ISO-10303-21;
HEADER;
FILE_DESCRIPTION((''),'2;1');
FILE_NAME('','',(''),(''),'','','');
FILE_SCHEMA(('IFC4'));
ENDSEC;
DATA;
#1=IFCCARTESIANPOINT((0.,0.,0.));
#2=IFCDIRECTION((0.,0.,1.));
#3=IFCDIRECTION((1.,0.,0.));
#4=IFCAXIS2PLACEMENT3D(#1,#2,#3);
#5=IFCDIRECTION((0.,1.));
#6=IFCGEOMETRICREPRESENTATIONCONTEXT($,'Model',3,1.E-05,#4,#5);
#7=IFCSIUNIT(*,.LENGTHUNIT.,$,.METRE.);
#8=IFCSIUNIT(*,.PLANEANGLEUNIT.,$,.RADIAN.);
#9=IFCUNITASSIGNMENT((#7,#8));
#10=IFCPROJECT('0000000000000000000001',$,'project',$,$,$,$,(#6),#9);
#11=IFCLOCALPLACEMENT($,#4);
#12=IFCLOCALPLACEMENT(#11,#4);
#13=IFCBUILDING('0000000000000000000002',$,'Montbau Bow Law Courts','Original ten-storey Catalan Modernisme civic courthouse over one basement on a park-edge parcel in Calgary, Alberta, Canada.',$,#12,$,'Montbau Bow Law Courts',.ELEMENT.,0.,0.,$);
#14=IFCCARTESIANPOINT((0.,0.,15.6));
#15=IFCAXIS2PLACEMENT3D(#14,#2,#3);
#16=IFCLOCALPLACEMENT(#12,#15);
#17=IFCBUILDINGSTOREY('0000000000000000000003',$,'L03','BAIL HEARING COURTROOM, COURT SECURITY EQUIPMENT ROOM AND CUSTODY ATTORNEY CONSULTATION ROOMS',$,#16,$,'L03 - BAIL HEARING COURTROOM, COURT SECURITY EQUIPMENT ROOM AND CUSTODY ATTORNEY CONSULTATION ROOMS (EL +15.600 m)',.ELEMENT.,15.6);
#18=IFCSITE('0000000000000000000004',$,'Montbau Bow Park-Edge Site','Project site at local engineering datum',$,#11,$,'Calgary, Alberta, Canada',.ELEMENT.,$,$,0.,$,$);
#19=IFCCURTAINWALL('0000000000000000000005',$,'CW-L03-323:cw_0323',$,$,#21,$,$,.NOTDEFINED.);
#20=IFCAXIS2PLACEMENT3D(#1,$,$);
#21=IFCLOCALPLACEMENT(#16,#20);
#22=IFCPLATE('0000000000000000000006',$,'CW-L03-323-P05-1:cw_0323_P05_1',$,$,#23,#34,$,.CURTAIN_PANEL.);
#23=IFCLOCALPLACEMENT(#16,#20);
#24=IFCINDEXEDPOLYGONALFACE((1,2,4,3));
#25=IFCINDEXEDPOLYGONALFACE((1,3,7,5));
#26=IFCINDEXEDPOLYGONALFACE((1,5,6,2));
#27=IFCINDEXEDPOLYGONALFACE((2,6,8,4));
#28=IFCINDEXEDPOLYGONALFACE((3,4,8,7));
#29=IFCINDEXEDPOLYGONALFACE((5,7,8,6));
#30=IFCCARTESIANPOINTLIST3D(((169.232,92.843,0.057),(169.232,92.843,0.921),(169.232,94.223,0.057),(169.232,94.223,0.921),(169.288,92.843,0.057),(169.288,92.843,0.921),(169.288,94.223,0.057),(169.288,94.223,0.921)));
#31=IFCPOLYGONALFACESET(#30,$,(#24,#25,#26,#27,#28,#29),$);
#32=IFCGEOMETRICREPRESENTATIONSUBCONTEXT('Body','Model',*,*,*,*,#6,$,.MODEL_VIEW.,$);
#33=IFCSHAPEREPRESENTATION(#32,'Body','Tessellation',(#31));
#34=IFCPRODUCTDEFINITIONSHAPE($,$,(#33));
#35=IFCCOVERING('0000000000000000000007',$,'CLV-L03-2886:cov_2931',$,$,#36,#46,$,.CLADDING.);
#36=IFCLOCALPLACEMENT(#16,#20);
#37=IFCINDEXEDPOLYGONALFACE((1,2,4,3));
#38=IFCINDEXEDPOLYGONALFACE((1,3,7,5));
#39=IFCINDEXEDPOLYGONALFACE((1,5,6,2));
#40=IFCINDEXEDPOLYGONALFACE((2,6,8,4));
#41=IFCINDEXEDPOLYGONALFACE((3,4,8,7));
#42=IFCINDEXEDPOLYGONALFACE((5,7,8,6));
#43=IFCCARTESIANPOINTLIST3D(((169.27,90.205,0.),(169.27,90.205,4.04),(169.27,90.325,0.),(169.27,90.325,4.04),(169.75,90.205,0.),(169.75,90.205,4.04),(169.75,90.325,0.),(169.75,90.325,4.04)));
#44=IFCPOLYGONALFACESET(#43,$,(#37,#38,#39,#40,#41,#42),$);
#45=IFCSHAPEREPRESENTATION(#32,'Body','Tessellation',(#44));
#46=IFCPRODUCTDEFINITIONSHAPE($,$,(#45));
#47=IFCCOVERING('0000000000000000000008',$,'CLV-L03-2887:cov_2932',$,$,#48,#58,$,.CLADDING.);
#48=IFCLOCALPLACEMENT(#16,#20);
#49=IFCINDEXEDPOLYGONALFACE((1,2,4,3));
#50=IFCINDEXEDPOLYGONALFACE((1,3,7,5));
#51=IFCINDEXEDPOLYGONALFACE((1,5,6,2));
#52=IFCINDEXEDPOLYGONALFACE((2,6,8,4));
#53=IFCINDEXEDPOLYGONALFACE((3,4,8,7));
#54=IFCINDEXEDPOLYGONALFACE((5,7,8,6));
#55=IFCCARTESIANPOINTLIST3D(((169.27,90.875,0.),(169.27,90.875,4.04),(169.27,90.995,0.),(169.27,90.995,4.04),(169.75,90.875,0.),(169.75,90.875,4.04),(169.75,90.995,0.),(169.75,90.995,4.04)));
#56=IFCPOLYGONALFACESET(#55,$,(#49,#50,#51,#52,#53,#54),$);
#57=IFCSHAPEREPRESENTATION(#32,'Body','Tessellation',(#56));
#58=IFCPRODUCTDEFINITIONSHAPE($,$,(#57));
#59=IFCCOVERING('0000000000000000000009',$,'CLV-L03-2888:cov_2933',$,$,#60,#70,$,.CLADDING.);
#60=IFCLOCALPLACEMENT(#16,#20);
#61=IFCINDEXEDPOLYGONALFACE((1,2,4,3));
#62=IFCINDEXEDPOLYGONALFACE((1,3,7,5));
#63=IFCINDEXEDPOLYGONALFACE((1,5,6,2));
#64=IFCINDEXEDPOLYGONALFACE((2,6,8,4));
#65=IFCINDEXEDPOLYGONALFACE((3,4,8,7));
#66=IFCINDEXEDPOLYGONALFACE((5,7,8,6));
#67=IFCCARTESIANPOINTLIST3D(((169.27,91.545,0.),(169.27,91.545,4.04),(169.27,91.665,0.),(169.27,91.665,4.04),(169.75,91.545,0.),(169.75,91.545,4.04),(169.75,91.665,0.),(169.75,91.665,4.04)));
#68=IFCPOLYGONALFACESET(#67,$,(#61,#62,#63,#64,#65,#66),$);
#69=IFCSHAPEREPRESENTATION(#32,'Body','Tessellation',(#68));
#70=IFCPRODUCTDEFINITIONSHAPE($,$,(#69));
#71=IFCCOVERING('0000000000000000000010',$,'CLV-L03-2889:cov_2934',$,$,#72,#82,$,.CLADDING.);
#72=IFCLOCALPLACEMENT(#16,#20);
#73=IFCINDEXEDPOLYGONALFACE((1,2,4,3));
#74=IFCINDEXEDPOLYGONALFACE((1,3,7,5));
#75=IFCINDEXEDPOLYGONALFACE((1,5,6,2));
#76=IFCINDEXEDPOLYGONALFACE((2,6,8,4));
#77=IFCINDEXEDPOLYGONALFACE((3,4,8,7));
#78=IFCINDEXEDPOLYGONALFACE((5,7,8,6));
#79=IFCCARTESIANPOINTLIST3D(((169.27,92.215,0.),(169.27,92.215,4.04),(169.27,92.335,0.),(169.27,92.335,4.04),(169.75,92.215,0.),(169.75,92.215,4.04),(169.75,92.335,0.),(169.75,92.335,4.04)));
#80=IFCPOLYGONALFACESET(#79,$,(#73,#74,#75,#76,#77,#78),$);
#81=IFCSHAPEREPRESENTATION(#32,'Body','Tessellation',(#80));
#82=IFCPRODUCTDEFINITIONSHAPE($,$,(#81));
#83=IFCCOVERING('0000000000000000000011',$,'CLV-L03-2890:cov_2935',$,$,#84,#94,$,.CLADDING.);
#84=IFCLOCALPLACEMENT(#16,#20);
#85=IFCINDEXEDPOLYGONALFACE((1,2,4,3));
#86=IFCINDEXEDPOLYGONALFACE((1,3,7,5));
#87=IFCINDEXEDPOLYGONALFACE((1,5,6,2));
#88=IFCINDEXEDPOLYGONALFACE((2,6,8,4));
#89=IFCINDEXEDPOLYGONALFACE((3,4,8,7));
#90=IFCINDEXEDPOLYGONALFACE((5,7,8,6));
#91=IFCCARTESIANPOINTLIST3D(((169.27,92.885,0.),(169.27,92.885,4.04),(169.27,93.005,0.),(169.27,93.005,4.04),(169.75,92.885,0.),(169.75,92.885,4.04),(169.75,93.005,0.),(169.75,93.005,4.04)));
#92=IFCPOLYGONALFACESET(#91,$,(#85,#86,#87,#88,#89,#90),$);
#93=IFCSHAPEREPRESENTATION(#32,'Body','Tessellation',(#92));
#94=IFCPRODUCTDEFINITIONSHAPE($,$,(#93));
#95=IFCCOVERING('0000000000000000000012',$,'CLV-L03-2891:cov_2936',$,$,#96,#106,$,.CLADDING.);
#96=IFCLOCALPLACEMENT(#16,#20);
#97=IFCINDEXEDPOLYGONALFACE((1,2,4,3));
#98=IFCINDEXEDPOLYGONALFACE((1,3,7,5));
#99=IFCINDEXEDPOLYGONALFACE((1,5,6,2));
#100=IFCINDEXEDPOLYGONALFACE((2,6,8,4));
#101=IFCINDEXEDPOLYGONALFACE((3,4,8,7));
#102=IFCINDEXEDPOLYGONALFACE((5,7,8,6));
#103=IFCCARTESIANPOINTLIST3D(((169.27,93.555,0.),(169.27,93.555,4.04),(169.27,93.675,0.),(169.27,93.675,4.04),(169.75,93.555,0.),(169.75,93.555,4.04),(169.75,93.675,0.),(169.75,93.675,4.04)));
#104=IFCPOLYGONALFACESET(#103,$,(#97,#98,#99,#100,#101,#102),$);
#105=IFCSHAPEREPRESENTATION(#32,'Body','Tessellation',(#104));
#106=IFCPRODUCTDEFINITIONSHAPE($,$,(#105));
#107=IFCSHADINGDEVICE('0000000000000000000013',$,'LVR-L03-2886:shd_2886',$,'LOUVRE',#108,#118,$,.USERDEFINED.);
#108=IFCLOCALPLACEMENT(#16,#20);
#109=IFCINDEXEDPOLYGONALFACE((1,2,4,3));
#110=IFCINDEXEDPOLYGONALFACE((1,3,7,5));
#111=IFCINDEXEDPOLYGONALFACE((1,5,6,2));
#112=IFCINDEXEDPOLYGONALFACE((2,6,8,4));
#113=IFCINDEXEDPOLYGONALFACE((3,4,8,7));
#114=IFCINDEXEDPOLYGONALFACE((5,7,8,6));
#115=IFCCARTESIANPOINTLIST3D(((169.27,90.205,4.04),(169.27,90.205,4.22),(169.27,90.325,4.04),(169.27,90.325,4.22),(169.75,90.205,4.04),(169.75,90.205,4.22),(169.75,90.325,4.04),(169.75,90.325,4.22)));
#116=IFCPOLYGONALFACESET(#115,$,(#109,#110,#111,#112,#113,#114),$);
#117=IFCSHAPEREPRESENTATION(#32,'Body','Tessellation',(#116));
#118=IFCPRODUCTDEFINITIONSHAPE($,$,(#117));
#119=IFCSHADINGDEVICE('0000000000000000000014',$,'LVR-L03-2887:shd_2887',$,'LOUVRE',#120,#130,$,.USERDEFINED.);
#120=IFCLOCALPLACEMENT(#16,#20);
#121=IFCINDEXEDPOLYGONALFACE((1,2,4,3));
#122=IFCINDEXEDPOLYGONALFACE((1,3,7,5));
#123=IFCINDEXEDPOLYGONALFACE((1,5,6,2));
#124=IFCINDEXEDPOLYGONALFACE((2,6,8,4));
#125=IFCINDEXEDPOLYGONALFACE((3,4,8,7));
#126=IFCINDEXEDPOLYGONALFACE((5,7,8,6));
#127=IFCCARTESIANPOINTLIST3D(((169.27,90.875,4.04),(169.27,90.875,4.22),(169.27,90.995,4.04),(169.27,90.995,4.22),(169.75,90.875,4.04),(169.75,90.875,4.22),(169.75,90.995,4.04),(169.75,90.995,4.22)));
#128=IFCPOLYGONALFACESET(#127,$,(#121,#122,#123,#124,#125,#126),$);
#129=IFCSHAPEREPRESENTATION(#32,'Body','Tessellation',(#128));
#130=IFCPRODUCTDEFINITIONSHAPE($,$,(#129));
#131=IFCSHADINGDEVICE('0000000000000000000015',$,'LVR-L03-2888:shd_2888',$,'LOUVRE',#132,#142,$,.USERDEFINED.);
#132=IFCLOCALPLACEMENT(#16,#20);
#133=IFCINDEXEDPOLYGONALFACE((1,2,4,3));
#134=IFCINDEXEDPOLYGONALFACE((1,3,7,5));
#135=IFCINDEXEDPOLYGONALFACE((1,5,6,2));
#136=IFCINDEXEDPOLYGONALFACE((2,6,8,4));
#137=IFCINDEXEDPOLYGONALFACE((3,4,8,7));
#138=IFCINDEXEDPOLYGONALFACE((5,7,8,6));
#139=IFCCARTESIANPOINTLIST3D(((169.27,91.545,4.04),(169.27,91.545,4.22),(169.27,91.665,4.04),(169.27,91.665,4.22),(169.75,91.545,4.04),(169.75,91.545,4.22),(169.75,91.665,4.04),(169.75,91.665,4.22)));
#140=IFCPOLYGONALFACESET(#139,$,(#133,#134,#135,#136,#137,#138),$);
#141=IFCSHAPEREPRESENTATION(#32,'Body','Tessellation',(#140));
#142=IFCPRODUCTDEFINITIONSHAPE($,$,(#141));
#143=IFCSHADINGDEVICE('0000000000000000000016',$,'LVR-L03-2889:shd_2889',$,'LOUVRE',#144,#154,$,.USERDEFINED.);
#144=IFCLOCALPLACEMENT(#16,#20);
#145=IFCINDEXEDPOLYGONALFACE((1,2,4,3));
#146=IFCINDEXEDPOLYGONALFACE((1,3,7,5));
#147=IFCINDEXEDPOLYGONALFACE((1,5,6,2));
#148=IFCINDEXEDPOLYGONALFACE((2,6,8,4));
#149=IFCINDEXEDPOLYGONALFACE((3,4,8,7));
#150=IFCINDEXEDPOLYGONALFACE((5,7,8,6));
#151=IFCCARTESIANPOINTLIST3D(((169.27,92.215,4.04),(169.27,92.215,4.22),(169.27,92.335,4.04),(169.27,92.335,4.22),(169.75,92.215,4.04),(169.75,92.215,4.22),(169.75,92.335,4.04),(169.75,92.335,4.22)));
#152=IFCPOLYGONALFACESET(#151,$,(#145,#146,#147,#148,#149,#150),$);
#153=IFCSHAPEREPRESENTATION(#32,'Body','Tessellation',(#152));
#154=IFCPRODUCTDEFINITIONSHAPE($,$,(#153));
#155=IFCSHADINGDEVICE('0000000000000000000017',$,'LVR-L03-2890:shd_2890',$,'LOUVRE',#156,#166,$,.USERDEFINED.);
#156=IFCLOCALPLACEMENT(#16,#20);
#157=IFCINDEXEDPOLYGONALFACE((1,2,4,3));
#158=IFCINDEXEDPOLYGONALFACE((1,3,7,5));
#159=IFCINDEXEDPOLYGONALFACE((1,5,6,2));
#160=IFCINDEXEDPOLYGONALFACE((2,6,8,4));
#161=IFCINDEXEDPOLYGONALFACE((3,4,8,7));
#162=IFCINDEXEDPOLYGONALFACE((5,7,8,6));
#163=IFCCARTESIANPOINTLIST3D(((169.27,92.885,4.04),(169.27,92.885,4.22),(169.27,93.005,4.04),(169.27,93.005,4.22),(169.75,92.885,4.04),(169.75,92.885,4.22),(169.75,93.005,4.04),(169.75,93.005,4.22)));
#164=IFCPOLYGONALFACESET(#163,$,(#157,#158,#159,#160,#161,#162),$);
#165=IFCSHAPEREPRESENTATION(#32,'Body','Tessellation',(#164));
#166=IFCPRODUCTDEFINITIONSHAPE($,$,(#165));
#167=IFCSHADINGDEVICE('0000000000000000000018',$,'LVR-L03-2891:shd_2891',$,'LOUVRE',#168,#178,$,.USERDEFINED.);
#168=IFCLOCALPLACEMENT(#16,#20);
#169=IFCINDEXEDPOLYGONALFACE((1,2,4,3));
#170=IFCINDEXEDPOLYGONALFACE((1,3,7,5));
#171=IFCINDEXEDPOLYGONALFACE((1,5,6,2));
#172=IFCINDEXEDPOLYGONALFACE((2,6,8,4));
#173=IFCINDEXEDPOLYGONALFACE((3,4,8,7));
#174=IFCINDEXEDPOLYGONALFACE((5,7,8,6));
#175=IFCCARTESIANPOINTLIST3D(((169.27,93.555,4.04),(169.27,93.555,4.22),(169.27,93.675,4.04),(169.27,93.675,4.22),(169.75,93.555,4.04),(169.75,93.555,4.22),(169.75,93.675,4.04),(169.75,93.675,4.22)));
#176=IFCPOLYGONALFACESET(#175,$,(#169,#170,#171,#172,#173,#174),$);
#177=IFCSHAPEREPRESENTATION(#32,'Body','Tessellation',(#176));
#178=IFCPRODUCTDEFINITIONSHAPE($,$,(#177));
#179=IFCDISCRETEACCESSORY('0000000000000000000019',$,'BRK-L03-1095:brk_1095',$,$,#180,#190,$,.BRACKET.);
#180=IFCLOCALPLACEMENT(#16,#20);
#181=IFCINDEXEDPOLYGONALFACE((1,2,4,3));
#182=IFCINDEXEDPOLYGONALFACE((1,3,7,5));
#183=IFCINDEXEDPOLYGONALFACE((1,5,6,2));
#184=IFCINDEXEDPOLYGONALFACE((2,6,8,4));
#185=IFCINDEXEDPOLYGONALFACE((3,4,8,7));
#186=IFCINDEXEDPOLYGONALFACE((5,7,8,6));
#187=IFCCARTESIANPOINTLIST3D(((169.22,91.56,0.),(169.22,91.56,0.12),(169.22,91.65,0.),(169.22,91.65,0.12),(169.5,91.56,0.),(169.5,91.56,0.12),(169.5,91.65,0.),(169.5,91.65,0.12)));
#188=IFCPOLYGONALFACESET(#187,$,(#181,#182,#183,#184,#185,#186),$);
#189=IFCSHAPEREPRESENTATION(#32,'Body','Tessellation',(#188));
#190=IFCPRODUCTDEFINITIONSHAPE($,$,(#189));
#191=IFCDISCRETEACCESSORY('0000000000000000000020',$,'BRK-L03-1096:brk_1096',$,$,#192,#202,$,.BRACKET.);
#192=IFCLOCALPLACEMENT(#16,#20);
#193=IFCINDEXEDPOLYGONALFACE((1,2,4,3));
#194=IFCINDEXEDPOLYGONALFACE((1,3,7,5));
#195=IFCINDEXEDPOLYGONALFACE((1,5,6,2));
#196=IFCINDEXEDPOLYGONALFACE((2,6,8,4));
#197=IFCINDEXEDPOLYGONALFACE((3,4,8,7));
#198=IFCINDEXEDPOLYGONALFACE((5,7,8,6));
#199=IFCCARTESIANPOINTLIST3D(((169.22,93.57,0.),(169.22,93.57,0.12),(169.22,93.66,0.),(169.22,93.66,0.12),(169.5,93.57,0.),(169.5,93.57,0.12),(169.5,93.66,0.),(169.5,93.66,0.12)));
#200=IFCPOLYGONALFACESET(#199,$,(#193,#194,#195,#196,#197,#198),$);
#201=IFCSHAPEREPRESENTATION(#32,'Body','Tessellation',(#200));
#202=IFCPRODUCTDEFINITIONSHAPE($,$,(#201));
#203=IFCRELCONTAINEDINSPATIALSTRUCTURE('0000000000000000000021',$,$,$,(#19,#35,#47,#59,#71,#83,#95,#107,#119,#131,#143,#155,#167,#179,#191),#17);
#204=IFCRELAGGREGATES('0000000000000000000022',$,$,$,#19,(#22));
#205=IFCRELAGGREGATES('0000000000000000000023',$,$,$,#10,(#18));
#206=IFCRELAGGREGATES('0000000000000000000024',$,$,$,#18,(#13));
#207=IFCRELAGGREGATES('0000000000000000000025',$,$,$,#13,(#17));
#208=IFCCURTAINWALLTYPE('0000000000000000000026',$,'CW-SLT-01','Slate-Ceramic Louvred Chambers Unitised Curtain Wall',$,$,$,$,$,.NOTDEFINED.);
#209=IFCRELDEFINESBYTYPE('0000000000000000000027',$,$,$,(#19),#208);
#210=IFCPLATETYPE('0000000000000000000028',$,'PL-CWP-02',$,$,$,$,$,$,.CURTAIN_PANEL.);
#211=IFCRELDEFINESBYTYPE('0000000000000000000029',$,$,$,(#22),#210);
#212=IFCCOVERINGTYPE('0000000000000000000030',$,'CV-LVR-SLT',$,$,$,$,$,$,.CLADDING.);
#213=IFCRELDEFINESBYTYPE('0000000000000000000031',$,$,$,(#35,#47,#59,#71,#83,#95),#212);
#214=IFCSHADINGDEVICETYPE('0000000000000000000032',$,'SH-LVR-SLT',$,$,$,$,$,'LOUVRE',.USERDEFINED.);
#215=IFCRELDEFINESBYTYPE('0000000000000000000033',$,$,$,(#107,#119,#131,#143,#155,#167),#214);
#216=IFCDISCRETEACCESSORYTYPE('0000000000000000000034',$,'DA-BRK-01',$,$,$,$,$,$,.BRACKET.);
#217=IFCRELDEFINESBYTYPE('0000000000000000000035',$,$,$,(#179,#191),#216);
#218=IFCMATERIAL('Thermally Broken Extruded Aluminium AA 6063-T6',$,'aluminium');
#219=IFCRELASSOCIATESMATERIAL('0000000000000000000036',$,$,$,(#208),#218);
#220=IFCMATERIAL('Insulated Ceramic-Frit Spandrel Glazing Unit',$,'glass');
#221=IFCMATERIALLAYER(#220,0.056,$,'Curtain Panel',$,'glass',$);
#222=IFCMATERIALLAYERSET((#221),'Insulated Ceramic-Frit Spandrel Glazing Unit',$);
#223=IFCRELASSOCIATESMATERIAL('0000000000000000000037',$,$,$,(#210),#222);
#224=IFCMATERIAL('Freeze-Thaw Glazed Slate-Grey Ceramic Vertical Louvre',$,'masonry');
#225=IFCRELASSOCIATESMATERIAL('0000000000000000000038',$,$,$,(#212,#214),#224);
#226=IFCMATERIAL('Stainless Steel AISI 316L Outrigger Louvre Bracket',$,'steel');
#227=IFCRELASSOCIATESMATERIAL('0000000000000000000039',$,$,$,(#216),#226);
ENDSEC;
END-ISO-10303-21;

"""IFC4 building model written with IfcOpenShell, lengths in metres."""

from ifc_helpers import new_model, si_unit, direction, frame, frame_2d, origin_with_axes, origin_2d_with_axis, place, context, subcontext, project, spatial, rectangle, extrude, material, layer, layer_set, type_object, element, aggregate, save


model = new_model("IFC4")

# Units and contexts
model_context = context("Model", 3, precision=1e-05, world=origin_with_axes(), true_north=direction((0.0, 1.0)))
body_context = subcontext(model_context, "Body", "Model", "MODEL_VIEW")
ifc_project = project(units=[si_unit("LENGTHUNIT", "METRE"), si_unit("PLANEANGLEUNIT", "RADIAN")], contexts=[model_context])

# Site, building, storey
site_placement = place(None, origin_with_axes())
site = spatial("IfcSite", under=ifc_project, at=site_placement, Name="Montbau Bow Park-Edge Site", Description="Project site at local engineering datum", LongName="Calgary, Alberta, Canada", CompositionType="ELEMENT", RefElevation=0.0)
building_placement = place(site_placement, origin_with_axes())
building = spatial("IfcBuilding", under=site, at=building_placement, Name="Montbau Bow Law Courts", Description="Original ten-storey Catalan Modernisme civic courthouse over one basement on a park-edge parcel in Calgary, Alberta, Canada.", LongName="Montbau Bow Law Courts", CompositionType="ELEMENT", ElevationOfRefHeight=0.0, ElevationOfTerrain=0.0)
storey_placement = place(building_placement, frame((0.0, 0.0, 15.6), z_axis=(0.0, 0.0, 1.0), x_axis=(1.0, 0.0, 0.0)))
storey = spatial("IfcBuildingStorey", under=building, at=storey_placement, Name="L03", Description="BAIL HEARING COURTROOM, COURT SECURITY EQUIPMENT ROOM AND CUSTODY ATTORNEY CONSULTATION ROOMS", LongName="L03 - BAIL HEARING COURTROOM, COURT SECURITY EQUIPMENT ROOM AND CUSTODY ATTORNEY CONSULTATION ROOMS (EL +15.600 m)", CompositionType="ELEMENT", Elevation=15.6)

# Curtain wall, plate
ifc_material_1 = material(Name="Thermally Broken Extruded Aluminium AA 6063-T6", Category="aluminium")
curtain_wall_type = type_object("IfcCurtainWallType", Name="CW-SLT-01", Description="Slate-Ceramic Louvred Chambers Unitised Curtain Wall", PredefinedType="NOTDEFINED", material=ifc_material_1)
curtain_wall_placement = place(None, frame((169.26, 86.915, 15.6), z_axis=(0.0, 0.0, 1.0), x_axis=(1.0, 0.0, 0.0)))
curtain_wall = element("IfcCurtainWall", 1, at=curtain_wall_placement, inside=storey, type_object=curtain_wall_type, Name="CW-L03-323:cw_0323", PredefinedType="NOTDEFINED")
ifc_material_2 = material(Name="Insulated Ceramic-Frit Spandrel Glazing Unit", Category="glass")
ifc_layer_1 = layer(ifc_material_2, 0.056, Name="Curtain Panel", Category="glass")
ifc_layer_set_1 = layer_set([ifc_layer_1], Name="Insulated Ceramic-Frit Spandrel Glazing Unit")
plate_type_1 = type_object("IfcPlateType", Name="PL-CWP-02", PredefinedType="CURTAIN_PANEL", material=ifc_layer_set_1)
plate_1_placement = place(None, frame((169.26, 92.843, 15.657), z_axis=(1.0, 0.0, 0.0), x_axis=(0.0, 1.0, 0.0)))
plate_1 = element("IfcPlate", 2, at=plate_1_placement, type_object=plate_type_1, Name="CW-L03-323-P05-1:cw_0323_P05_1", PredefinedType="CURTAIN_PANEL", context=body_context, shape_type="SweptSolid", body=[
    extrude(rectangle(XDim=1.38, YDim=0.864, at=frame_2d((0.69, 0.432), x_axis=(1.0, 0.0))), frame((0.0, 0.0, -0.028), z_axis=(0.0, 0.0, 1.0), x_axis=(1.0, 0.0, 0.0)), (0.0, 0.0, 1.0), 0.056),
])
aggregate(curtain_wall, [plate_1])

# Coverings
ifc_material_3 = material(Name="Freeze-Thaw Glazed Slate-Grey Ceramic Vertical Louvre", Category="masonry")
covering_type = type_object("IfcCoveringType", Name="CV-LVR-SLT", PredefinedType="CLADDING", material=ifc_material_3)
for number, where, z_axis, x_axis, name in (
    (3, (169.27, 90.265, 15.6), (0.0, -1.0, 0.0), (1.0, 0.0, 0.0), "CLV-L03-2886:cov_2931"),
    (4, (169.27, 90.935, 15.6), (0.0, -1.0, 0.0), (1.0, 0.0, 0.0), "CLV-L03-2887:cov_2932"),
    (5, (169.27, 91.605, 15.6), (0.0, -1.0, 0.0), (1.0, 0.0, 0.0), "CLV-L03-2888:cov_2933"),
    (6, (169.27, 92.275, 15.6), (0.0, -1.0, 0.0), (1.0, 0.0, 0.0), "CLV-L03-2889:cov_2934"),
    (7, (169.27, 92.945, 15.6), (0.0, -1.0, 0.0), (1.0, 0.0, 0.0), "CLV-L03-2890:cov_2935"),
    (8, (169.27, 93.615, 15.6), (0.0, -1.0, 0.0), (1.0, 0.0, 0.0), "CLV-L03-2891:cov_2936"),
):
    element("IfcCovering", number, at=place(None, frame(where, z_axis=z_axis, x_axis=x_axis)), inside=storey, type_object=covering_type, Name=name, PredefinedType="CLADDING", context=body_context, shape_type="SweptSolid", body=[
        extrude(rectangle(XDim=0.48, YDim=4.04, at=frame_2d((0.24, 2.02), x_axis=(1.0, 0.0))), frame((0.0, 0.0, -0.06), z_axis=(0.0, 0.0, 1.0), x_axis=(1.0, 0.0, 0.0)), (0.0, 0.0, 1.0), 0.12),
    ])

# Shading devices
shading_device_type = type_object("IfcShadingDeviceType", Name="SH-LVR-SLT", ElementType="LOUVRE", PredefinedType="USERDEFINED", material=ifc_material_3)
for number, where, z_axis, x_axis, name in (
    (9, (169.51, 90.265, 19.64), (0.0, 0.0, 1.0), (1.0, 0.0, 0.0), "LVR-L03-2886:shd_2886"),
    (10, (169.51, 90.935, 19.64), (0.0, 0.0, 1.0), (1.0, 0.0, 0.0), "LVR-L03-2887:shd_2887"),
    (11, (169.51, 91.605, 19.64), (0.0, 0.0, 1.0), (1.0, 0.0, 0.0), "LVR-L03-2888:shd_2888"),
    (12, (169.51, 92.275, 19.64), (0.0, 0.0, 1.0), (1.0, 0.0, 0.0), "LVR-L03-2889:shd_2889"),
    (13, (169.51, 92.945, 19.64), (0.0, 0.0, 1.0), (1.0, 0.0, 0.0), "LVR-L03-2890:shd_2890"),
    (14, (169.51, 93.615, 19.64), (0.0, 0.0, 1.0), (1.0, 0.0, 0.0), "LVR-L03-2891:shd_2891"),
):
    element("IfcShadingDevice", number, at=place(None, frame(where, z_axis=z_axis, x_axis=x_axis)), inside=storey, type_object=shading_device_type, Name=name, ObjectType="LOUVRE", PredefinedType="USERDEFINED", context=body_context, shape_type="SweptSolid", body=[
        extrude(rectangle(XDim=0.48, YDim=0.12, at=origin_2d_with_axis()), origin_with_axes(), (0.0, 0.0, 1.0), 0.18),
    ])

# Discrete accessories
ifc_material_4 = material(Name="Stainless Steel AISI 316L Outrigger Louvre Bracket", Category="steel")
discrete_accessory_type = type_object("IfcDiscreteAccessoryType", Name="DA-BRK-01", PredefinedType="BRACKET", material=ifc_material_4)
for number, where, z_axis, x_axis, name in (
    (15, (169.36, 91.605, 15.6), (0.0, 0.0, 1.0), (1.0, 0.0, 0.0), "BRK-L03-1095:brk_1095"),
    (16, (169.36, 93.615, 15.6), (0.0, 0.0, 1.0), (1.0, 0.0, 0.0), "BRK-L03-1096:brk_1096"),
):
    element("IfcDiscreteAccessory", number, at=place(None, frame(where, z_axis=z_axis, x_axis=x_axis)), inside=storey, type_object=discrete_accessory_type, Name=name, PredefinedType="BRACKET", context=body_context, shape_type="SweptSolid", body=[
        extrude(rectangle(XDim=0.28, YDim=0.09, at=origin_2d_with_axis()), origin_with_axes(), (0.0, 0.0, 1.0), 0.12),
    ])

save(model, "model.ifc")
